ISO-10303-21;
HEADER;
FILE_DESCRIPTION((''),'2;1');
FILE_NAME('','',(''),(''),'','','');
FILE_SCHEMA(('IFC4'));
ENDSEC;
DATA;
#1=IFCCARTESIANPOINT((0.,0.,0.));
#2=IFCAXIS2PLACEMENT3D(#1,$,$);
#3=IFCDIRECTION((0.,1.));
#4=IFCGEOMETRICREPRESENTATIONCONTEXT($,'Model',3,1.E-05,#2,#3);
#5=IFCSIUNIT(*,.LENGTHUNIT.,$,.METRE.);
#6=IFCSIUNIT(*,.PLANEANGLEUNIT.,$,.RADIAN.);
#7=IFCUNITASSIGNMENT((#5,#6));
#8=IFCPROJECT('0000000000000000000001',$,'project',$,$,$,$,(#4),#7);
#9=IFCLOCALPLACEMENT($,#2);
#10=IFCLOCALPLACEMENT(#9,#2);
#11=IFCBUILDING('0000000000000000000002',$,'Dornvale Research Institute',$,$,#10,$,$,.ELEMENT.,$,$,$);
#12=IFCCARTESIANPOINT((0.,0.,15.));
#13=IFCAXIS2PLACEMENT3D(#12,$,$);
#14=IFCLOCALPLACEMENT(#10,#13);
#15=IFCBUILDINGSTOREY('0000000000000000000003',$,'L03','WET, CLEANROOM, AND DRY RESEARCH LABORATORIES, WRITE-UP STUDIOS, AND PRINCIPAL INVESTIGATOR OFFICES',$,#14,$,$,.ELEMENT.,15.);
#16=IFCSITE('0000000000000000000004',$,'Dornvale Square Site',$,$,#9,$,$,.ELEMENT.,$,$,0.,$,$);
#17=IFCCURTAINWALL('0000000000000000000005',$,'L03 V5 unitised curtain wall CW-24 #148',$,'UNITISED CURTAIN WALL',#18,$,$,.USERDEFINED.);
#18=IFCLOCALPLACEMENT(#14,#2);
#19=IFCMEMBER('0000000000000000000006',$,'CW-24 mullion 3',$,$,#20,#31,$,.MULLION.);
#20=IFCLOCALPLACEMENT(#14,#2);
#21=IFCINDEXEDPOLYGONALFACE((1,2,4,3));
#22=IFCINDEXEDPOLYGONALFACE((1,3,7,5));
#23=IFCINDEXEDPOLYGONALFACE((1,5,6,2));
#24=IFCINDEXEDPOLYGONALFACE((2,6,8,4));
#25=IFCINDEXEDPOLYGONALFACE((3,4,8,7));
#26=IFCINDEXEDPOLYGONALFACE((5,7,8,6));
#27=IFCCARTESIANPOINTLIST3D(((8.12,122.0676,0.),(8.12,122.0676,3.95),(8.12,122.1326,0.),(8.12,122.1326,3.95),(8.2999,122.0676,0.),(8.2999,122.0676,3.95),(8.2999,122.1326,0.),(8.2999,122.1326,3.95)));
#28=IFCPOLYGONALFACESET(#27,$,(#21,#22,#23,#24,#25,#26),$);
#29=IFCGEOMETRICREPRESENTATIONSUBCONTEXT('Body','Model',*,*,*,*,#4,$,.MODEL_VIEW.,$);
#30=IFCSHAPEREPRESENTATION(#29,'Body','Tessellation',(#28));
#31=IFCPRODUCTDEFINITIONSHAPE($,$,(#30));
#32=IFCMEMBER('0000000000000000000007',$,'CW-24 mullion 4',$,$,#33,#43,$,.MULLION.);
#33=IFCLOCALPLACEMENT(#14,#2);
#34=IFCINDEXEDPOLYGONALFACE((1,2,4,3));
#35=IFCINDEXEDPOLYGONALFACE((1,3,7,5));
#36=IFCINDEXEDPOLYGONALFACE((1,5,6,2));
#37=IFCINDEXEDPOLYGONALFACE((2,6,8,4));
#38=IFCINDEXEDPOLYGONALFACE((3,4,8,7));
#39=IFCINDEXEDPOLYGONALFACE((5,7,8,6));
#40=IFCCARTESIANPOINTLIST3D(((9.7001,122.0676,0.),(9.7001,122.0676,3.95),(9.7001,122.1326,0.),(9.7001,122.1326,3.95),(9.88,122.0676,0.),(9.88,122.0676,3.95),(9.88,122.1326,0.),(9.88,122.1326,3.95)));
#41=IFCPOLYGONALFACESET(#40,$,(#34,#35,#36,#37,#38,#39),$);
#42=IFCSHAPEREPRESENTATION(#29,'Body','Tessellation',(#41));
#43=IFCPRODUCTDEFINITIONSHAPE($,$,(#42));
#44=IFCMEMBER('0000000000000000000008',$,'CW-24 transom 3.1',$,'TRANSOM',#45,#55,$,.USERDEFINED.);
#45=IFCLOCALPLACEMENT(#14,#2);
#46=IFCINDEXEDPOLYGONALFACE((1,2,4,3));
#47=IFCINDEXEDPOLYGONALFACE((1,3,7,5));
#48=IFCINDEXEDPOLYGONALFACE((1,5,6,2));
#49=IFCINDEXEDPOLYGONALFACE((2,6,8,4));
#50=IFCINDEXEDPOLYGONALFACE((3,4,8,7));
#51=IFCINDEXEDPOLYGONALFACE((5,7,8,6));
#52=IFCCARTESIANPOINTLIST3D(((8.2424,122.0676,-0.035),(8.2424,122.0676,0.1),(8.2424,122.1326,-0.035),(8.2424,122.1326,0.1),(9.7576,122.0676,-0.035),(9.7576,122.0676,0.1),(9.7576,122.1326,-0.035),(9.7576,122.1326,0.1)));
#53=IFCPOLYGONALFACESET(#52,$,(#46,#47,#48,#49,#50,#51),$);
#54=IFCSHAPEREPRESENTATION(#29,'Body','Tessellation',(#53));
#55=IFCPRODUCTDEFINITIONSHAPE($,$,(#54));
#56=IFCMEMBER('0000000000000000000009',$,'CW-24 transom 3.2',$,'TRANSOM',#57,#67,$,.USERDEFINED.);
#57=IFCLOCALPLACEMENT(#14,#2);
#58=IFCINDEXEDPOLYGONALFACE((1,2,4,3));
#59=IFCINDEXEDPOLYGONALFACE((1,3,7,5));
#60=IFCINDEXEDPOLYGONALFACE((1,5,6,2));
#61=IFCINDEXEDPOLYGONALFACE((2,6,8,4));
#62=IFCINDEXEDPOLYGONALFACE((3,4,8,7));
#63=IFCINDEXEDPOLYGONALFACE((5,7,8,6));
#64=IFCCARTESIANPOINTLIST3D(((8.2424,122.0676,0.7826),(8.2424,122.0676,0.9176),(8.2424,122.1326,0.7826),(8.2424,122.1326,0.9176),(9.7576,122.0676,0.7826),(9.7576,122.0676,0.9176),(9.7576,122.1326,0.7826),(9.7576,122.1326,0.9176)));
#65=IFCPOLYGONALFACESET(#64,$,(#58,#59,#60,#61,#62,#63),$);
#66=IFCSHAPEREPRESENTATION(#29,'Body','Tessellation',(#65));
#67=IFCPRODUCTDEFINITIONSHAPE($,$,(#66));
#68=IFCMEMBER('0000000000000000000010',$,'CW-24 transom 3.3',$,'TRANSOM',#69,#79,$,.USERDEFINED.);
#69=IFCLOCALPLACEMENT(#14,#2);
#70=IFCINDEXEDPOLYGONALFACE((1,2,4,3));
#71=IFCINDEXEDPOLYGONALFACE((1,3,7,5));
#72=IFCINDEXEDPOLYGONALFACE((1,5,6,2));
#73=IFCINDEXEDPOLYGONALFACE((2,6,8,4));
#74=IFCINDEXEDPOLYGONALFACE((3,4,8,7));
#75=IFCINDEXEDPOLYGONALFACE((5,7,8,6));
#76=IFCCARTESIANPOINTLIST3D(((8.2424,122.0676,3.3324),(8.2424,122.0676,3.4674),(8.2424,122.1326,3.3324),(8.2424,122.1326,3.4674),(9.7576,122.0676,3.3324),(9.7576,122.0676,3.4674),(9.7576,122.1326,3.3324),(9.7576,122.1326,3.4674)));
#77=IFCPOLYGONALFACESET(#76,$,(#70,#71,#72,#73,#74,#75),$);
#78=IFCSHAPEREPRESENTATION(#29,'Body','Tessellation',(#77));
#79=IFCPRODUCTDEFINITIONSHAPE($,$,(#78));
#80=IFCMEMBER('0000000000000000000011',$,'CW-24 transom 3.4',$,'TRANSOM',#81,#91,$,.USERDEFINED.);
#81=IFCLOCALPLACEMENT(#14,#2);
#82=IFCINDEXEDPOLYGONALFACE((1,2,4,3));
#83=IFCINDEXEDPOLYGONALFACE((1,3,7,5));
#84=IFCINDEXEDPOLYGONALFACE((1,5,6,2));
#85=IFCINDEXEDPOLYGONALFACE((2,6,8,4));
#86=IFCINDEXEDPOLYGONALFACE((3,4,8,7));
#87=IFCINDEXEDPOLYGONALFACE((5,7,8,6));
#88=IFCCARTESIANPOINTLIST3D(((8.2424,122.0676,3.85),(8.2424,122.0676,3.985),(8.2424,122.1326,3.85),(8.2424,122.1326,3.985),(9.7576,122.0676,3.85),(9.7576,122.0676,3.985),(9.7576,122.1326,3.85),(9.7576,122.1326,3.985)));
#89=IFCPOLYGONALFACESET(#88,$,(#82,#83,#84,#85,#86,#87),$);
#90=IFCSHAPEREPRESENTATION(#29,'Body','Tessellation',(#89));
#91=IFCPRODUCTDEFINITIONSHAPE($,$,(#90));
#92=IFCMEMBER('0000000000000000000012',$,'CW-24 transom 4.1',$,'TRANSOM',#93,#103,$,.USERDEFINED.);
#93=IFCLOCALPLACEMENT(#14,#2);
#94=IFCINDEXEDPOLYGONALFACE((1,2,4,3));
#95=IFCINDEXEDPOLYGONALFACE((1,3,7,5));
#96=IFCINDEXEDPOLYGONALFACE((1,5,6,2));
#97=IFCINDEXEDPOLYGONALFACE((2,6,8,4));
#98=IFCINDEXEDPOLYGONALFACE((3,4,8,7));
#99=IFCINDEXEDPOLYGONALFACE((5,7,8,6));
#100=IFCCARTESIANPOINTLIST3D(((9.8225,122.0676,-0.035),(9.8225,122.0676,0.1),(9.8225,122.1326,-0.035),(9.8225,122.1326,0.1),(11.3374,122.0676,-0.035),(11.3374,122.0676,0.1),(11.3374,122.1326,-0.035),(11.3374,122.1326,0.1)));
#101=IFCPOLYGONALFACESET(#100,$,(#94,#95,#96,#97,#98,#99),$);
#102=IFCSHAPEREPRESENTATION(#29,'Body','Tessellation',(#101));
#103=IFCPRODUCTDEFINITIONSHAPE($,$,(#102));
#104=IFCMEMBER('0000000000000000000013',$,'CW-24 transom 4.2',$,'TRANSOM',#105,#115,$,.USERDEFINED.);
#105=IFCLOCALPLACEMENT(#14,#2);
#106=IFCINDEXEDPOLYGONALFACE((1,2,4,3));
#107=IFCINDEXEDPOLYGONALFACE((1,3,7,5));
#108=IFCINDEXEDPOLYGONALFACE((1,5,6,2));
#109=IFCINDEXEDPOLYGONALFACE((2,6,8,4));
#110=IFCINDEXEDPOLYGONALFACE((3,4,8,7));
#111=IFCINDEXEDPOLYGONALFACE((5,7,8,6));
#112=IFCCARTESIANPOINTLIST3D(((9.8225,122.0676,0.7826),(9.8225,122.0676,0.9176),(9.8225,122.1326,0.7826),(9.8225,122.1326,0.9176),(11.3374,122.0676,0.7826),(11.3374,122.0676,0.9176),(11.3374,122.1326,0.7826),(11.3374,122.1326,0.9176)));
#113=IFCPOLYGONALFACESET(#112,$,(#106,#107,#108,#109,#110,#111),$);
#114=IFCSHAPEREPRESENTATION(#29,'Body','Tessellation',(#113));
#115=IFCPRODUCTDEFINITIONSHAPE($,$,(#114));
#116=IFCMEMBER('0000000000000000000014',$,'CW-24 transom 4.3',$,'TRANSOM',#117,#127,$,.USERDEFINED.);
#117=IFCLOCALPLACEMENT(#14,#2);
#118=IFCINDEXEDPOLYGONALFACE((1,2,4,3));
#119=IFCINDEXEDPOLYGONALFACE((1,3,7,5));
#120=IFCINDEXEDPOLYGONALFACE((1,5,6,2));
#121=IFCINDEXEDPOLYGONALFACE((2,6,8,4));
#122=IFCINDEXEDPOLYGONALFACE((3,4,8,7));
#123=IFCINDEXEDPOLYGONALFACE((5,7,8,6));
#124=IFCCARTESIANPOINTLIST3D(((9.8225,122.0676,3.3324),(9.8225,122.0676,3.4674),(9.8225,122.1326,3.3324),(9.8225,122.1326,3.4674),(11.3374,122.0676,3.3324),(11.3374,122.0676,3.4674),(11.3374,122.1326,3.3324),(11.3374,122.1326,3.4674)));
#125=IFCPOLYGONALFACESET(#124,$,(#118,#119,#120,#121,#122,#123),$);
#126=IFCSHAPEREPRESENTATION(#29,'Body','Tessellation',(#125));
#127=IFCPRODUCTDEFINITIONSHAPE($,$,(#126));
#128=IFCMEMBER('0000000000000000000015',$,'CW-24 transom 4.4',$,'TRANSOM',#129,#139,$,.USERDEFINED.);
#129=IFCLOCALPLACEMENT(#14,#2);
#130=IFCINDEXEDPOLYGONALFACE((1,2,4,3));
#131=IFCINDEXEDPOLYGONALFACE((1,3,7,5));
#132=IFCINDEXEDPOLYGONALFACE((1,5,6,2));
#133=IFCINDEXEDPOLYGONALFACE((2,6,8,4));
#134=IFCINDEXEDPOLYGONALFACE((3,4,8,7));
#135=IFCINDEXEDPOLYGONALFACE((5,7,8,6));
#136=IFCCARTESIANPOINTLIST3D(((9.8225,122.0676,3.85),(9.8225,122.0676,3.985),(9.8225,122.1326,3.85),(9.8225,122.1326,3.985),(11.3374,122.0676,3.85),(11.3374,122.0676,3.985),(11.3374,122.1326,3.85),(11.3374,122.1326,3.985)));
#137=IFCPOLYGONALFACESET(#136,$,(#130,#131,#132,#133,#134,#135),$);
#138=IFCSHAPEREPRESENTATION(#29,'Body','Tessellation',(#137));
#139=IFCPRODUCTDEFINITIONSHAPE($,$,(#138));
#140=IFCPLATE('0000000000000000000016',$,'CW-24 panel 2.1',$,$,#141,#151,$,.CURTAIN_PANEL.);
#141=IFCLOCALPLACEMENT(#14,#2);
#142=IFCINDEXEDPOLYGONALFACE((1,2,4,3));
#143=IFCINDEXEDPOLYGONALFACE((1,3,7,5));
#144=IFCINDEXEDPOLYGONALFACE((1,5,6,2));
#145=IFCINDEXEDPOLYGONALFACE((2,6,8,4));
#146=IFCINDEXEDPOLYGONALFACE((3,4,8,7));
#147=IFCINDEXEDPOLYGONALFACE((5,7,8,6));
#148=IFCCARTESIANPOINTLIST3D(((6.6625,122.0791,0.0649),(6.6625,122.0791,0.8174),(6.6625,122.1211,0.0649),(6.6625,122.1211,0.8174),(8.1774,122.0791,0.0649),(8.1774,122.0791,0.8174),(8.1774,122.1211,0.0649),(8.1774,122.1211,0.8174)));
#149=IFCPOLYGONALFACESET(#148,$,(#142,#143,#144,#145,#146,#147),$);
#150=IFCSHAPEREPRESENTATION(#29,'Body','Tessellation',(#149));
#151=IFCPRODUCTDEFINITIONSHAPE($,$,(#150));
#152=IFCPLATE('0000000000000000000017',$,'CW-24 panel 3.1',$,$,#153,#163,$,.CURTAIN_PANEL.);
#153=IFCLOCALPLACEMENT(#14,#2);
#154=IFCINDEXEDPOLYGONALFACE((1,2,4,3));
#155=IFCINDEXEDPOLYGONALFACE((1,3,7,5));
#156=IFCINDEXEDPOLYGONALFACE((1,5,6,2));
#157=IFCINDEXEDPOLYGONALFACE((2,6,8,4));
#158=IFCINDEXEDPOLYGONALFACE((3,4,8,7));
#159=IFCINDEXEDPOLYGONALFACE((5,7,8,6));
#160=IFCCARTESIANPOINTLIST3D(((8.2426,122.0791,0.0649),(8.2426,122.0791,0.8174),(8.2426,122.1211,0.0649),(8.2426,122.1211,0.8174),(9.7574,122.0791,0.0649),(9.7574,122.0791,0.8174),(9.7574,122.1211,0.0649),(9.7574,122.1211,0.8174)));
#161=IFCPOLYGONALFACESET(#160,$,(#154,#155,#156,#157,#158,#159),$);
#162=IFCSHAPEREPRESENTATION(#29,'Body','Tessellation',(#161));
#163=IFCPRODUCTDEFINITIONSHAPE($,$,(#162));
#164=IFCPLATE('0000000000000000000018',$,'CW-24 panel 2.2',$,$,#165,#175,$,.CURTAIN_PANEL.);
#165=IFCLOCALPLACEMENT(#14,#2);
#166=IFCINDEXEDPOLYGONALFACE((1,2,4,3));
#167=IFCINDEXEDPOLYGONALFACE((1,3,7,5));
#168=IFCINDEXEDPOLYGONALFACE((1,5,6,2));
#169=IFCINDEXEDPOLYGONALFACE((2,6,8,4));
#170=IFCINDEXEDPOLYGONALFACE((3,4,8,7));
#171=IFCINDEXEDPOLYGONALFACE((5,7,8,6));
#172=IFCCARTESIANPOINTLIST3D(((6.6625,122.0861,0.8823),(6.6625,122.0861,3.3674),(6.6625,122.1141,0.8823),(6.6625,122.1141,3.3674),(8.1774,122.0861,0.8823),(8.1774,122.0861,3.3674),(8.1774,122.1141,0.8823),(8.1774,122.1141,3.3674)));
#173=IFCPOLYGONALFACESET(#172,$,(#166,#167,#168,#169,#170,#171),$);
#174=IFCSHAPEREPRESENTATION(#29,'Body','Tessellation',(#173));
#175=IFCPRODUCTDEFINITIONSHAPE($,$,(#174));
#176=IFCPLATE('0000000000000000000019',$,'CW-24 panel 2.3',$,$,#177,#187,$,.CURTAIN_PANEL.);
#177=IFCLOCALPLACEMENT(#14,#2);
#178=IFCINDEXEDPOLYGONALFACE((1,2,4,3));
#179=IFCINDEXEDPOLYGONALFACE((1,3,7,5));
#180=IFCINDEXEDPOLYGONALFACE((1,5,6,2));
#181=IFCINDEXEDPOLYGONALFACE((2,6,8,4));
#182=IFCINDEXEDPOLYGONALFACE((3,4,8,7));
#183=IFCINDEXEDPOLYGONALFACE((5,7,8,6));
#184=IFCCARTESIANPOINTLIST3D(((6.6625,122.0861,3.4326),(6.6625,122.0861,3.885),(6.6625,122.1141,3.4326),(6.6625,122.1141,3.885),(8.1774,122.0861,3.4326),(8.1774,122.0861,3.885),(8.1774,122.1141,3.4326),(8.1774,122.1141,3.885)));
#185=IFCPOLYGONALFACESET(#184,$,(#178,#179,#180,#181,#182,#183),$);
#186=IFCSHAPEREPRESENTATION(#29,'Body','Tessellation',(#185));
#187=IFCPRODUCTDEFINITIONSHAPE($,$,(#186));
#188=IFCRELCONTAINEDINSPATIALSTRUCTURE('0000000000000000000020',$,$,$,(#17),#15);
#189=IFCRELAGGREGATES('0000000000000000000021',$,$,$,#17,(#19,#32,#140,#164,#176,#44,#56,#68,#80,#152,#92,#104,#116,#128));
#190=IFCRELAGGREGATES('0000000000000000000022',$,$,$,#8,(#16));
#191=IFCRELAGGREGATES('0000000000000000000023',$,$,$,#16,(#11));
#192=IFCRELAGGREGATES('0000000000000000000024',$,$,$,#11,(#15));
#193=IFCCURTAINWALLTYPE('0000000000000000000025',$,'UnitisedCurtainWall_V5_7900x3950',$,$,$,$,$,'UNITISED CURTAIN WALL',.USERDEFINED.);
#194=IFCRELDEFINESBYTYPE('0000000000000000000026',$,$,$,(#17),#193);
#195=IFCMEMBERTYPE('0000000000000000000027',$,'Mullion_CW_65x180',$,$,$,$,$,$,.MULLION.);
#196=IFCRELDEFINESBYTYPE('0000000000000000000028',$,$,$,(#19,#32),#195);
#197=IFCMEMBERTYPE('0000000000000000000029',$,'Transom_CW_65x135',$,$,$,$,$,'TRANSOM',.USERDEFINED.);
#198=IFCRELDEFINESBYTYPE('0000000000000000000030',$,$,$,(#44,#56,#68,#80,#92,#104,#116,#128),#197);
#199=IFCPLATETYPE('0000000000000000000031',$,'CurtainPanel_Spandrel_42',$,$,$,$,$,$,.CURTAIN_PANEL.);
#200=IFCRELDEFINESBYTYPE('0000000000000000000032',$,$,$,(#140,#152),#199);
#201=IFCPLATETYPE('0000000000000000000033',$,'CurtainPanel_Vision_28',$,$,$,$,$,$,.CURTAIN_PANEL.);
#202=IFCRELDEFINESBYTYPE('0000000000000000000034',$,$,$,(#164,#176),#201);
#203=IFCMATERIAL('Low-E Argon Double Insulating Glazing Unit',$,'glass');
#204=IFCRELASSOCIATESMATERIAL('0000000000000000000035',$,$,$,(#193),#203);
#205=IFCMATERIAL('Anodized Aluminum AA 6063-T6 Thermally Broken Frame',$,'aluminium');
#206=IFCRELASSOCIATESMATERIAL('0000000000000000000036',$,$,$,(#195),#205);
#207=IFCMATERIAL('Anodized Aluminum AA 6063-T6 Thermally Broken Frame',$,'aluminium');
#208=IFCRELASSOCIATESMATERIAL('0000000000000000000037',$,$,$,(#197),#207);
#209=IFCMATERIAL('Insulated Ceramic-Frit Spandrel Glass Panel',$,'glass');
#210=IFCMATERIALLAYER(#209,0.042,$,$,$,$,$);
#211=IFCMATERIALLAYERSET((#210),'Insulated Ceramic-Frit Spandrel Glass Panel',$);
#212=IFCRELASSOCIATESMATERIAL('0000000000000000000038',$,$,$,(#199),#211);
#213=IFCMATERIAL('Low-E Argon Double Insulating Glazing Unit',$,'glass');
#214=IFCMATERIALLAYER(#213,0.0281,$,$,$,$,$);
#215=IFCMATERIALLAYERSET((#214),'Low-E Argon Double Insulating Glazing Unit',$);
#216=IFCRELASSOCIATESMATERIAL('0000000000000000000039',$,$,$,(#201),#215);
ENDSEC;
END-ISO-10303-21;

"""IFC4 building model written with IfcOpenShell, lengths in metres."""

from ifc_helpers import new_model, si_unit, direction, frame, origin, origin_2d, place, context, subcontext, project, spatial, rectangle, extrude, material, layer, layer_set, material_profile, profile_set, type_object, element, aggregate, save


model = new_model("IFC4")

# Units and contexts
model_context = context("Model", 3, precision=1e-05, world=origin(), true_north=direction((0.0, 1.0)))
body_context = subcontext(model_context, "Body", "Model", "MODEL_VIEW")
ifc_project = project(units=[si_unit("LENGTHUNIT", "METRE"), si_unit("PLANEANGLEUNIT", "RADIAN")], contexts=[model_context])

# Site, building, storey
site_placement = place(None, origin())
site = spatial("IfcSite", under=ifc_project, at=site_placement, Name="Dornvale Square Site", CompositionType="ELEMENT", RefElevation=0.0)
building_placement = place(site_placement, origin())
building = spatial("IfcBuilding", under=site, at=building_placement, Name="Dornvale Research Institute", CompositionType="ELEMENT")
storey_placement = place(building_placement, frame((0.0, 0.0, 15.0)))
storey = spatial("IfcBuildingStorey", under=building, at=storey_placement, Name="L03", Description="WET, CLEANROOM, AND DRY RESEARCH LABORATORIES, WRITE-UP STUDIOS, AND PRINCIPAL INVESTIGATOR OFFICES", CompositionType="ELEMENT", Elevation=15.0)

# Curtain wall, members, plates
ifc_material_1 = material(Name="Low-E Argon Double Insulating Glazing Unit", Category="glass")
curtain_wall_type = type_object("IfcCurtainWallType", Name="UnitisedCurtainWall_V5_7900x3950", ElementType="UNITISED CURTAIN WALL", PredefinedType="USERDEFINED", material=ifc_material_1)
curtain_wall_placement = place(storey_placement, origin())
curtain_wall = element("IfcCurtainWall", 1, at=curtain_wall_placement, inside=storey, type_object=curtain_wall_type, Name="L03 V5 unitised curtain wall CW-24 #148", ObjectType="UNITISED CURTAIN WALL", PredefinedType="USERDEFINED")
ifc_material_2 = material(Name="Anodized Aluminum AA 6063-T6 Thermally Broken Frame", Category="aluminium")
ifc_material_profile_1 = material_profile(ifc_material_2, rectangle(XDim=0.0649, YDim=0.1799, at=origin_2d()), Name="ALU MULLION 65x180")
ifc_profile_set_1 = profile_set([ifc_material_profile_1], Name="Anodized Aluminum AA 6063-T6 Thermally Broken Frame")
member_type_1 = type_object("IfcMemberType", Name="Mullion_CW_65x180", PredefinedType="MULLION", material=ifc_profile_set_1)
member_1_placement = place(storey_placement, frame((8.21, 122.1001, 0.0), z_axis=(0.0, 0.0, 1.0), x_axis=(0.0, 1.0, 0.0)))
member_1 = element("IfcMember", 2, at=member_1_placement, type_object=member_type_1, Name="CW-24 mullion 3", PredefinedType="MULLION", context=body_context, shape_type="SweptSolid", body=[
    extrude(rectangle(XDim=0.0649, YDim=0.1799, at=origin_2d()), origin(), (0.0, 0.0, 1.0), 3.95),
])
member_2_placement = place(storey_placement, frame((9.79, 122.1001, 0.0), z_axis=(0.0, 0.0, 1.0), x_axis=(0.0, 1.0, 0.0)))
member_2 = element("IfcMember", 3, at=member_2_placement, type_object=member_type_1, Name="CW-24 mullion 4", PredefinedType="MULLION", context=body_context, shape_type="SweptSolid", body=[
    extrude(rectangle(XDim=0.0649, YDim=0.1799, at=origin_2d()), origin(), (0.0, 0.0, 1.0), 3.95),
])
ifc_material_3 = material(Name="Anodized Aluminum AA 6063-T6 Thermally Broken Frame", Category="aluminium")
ifc_material_profile_2 = material_profile(ifc_material_3, rectangle(XDim=0.0649, YDim=0.135, at=origin_2d()), Name="ALU TRANSOM 65x135")
ifc_profile_set_2 = profile_set([ifc_material_profile_2], Name="Anodized Aluminum AA 6063-T6 Thermally Broken Frame")
member_type_2 = type_object("IfcMemberType", Name="Transom_CW_65x135", ElementType="TRANSOM", PredefinedType="USERDEFINED", material=ifc_profile_set_2)
member_3_placement = place(storey_placement, frame((8.2424, 122.1001, 0.0325), z_axis=(1.0, 0.0, 0.0), x_axis=(0.0, 1.0, 0.0)))
member_3 = element("IfcMember", 4, at=member_3_placement, type_object=member_type_2, Name="CW-24 transom 3.1", ObjectType="TRANSOM", PredefinedType="USERDEFINED", context=body_context, shape_type="SweptSolid", body=[
    extrude(rectangle(XDim=0.0649, YDim=0.135, at=origin_2d()), origin(), (0.0, 0.0, 1.0), 1.5151),
])
member_4_placement = place(storey_placement, frame((8.2424, 122.1001, 0.8501), z_axis=(1.0, 0.0, 0.0), x_axis=(0.0, 1.0, 0.0)))
member_4 = element("IfcMember", 5, at=member_4_placement, type_object=member_type_2, Name="CW-24 transom 3.2", ObjectType="TRANSOM", PredefinedType="USERDEFINED", context=body_context, shape_type="SweptSolid", body=[
    extrude(rectangle(XDim=0.0649, YDim=0.135, at=origin_2d()), origin(), (0.0, 0.0, 1.0), 1.5151),
])
member_5_placement = place(storey_placement, frame((8.2424, 122.1001, 3.3999), z_axis=(1.0, 0.0, 0.0), x_axis=(0.0, 1.0, 0.0)))
member_5 = element("IfcMember", 6, at=member_5_placement, type_object=member_type_2, Name="CW-24 transom 3.3", ObjectType="TRANSOM", PredefinedType="USERDEFINED", context=body_context, shape_type="SweptSolid", body=[
    extrude(rectangle(XDim=0.0649, YDim=0.135, at=origin_2d()), origin(), (0.0, 0.0, 1.0), 1.5151),
])
member_6_placement = place(storey_placement, frame((8.2424, 122.1001, 3.9175), z_axis=(1.0, 0.0, 0.0), x_axis=(0.0, 1.0, 0.0)))
member_6 = element("IfcMember", 7, at=member_6_placement, type_object=member_type_2, Name="CW-24 transom 3.4", ObjectType="TRANSOM", PredefinedType="USERDEFINED", context=body_context, shape_type="SweptSolid", body=[
    extrude(rectangle(XDim=0.0649, YDim=0.135, at=origin_2d()), origin(), (0.0, 0.0, 1.0), 1.5151),
])
member_7_placement = place(storey_placement, frame((9.8225, 122.1001, 0.0325), z_axis=(1.0, 0.0, 0.0), x_axis=(0.0, 1.0, 0.0)))
member_7 = element("IfcMember", 8, at=member_7_placement, type_object=member_type_2, Name="CW-24 transom 4.1", ObjectType="TRANSOM", PredefinedType="USERDEFINED", context=body_context, shape_type="SweptSolid", body=[
    extrude(rectangle(XDim=0.0649, YDim=0.135, at=origin_2d()), origin(), (0.0, 0.0, 1.0), 1.5149),
])
member_8_placement = place(storey_placement, frame((9.8225, 122.1001, 0.8501), z_axis=(1.0, 0.0, 0.0), x_axis=(0.0, 1.0, 0.0)))
member_8 = element("IfcMember", 9, at=member_8_placement, type_object=member_type_2, Name="CW-24 transom 4.2", ObjectType="TRANSOM", PredefinedType="USERDEFINED", context=body_context, shape_type="SweptSolid", body=[
    extrude(rectangle(XDim=0.0649, YDim=0.135, at=origin_2d()), origin(), (0.0, 0.0, 1.0), 1.5149),
])
member_9_placement = place(storey_placement, frame((9.8225, 122.1001, 3.3999), z_axis=(1.0, 0.0, 0.0), x_axis=(0.0, 1.0, 0.0)))
member_9 = element("IfcMember", 10, at=member_9_placement, type_object=member_type_2, Name="CW-24 transom 4.3", ObjectType="TRANSOM", PredefinedType="USERDEFINED", context=body_context, shape_type="SweptSolid", body=[
    extrude(rectangle(XDim=0.0649, YDim=0.135, at=origin_2d()), origin(), (0.0, 0.0, 1.0), 1.5149),
])
member_10_placement = place(storey_placement, frame((9.8225, 122.1001, 3.9175), z_axis=(1.0, 0.0, 0.0), x_axis=(0.0, 1.0, 0.0)))
member_10 = element("IfcMember", 11, at=member_10_placement, type_object=member_type_2, Name="CW-24 transom 4.4", ObjectType="TRANSOM", PredefinedType="USERDEFINED", context=body_context, shape_type="SweptSolid", body=[
    extrude(rectangle(XDim=0.0649, YDim=0.135, at=origin_2d()), origin(), (0.0, 0.0, 1.0), 1.5149),
])
ifc_material_4 = material(Name="Insulated Ceramic-Frit Spandrel Glass Panel", Category="glass")
ifc_layer_1 = layer(ifc_material_4, 0.042)
ifc_layer_set_1 = layer_set([ifc_layer_1], Name="Insulated Ceramic-Frit Spandrel Glass Panel")
plate_type_1 = type_object("IfcPlateType", Name="CurtainPanel_Spandrel_42", PredefinedType="CURTAIN_PANEL", material=ifc_layer_set_1)
plate_1_placement = place(storey_placement, frame((7.4199, 122.1001, 0.0649), z_axis=(0.0, 0.0, 1.0), x_axis=(1.0, 0.0, 0.0)))
plate_1 = element("IfcPlate", 12, at=plate_1_placement, type_object=plate_type_1, Name="CW-24 panel 2.1", PredefinedType="CURTAIN_PANEL", context=body_context, shape_type="SweptSolid", body=[
    extrude(rectangle(XDim=1.5149, YDim=0.042, at=origin_2d()), origin(), (0.0, 0.0, 1.0), 0.7524),
])
plate_2_placement = place(storey_placement, frame((9.0, 122.1001, 0.0649), z_axis=(0.0, 0.0, 1.0), x_axis=(1.0, 0.0, 0.0)))
plate_2 = element("IfcPlate", 13, at=plate_2_placement, type_object=plate_type_1, Name="CW-24 panel 3.1", PredefinedType="CURTAIN_PANEL", context=body_context, shape_type="SweptSolid", body=[
    extrude(rectangle(XDim=1.5149, YDim=0.042, at=origin_2d()), origin(), (0.0, 0.0, 1.0), 0.7524),
])
ifc_material_5 = material(Name="Low-E Argon Double Insulating Glazing Unit", Category="glass")
ifc_layer_2 = layer(ifc_material_5, 0.0281)
ifc_layer_set_2 = layer_set([ifc_layer_2], Name="Low-E Argon Double Insulating Glazing Unit")
plate_type_2 = type_object("IfcPlateType", Name="CurtainPanel_Vision_28", PredefinedType="CURTAIN_PANEL", material=ifc_layer_set_2)
plate_3_placement = place(storey_placement, frame((7.4199, 122.1001, 0.8823), z_axis=(0.0, 0.0, 1.0), x_axis=(1.0, 0.0, 0.0)))
plate_3 = element("IfcPlate", 14, at=plate_3_placement, type_object=plate_type_2, Name="CW-24 panel 2.2", PredefinedType="CURTAIN_PANEL", context=body_context, shape_type="SweptSolid", body=[
    extrude(rectangle(XDim=1.5149, YDim=0.0281, at=origin_2d()), origin(), (0.0, 0.0, 1.0), 2.4851),
])
plate_4_placement = place(storey_placement, frame((7.4199, 122.1001, 3.4326), z_axis=(0.0, 0.0, 1.0), x_axis=(1.0, 0.0, 0.0)))
plate_4 = element("IfcPlate", 15, at=plate_4_placement, type_object=plate_type_2, Name="CW-24 panel 2.3", PredefinedType="CURTAIN_PANEL", context=body_context, shape_type="SweptSolid", body=[
    extrude(rectangle(XDim=1.5149, YDim=0.0281, at=origin_2d()), origin(), (0.0, 0.0, 1.0), 0.4524),
])
aggregate(curtain_wall, [member_1, member_2, plate_1, plate_3, plate_4, member_3, member_4, member_5, member_6, plate_2, member_7, member_8, member_9, member_10])

save(model, "model.ifc")
